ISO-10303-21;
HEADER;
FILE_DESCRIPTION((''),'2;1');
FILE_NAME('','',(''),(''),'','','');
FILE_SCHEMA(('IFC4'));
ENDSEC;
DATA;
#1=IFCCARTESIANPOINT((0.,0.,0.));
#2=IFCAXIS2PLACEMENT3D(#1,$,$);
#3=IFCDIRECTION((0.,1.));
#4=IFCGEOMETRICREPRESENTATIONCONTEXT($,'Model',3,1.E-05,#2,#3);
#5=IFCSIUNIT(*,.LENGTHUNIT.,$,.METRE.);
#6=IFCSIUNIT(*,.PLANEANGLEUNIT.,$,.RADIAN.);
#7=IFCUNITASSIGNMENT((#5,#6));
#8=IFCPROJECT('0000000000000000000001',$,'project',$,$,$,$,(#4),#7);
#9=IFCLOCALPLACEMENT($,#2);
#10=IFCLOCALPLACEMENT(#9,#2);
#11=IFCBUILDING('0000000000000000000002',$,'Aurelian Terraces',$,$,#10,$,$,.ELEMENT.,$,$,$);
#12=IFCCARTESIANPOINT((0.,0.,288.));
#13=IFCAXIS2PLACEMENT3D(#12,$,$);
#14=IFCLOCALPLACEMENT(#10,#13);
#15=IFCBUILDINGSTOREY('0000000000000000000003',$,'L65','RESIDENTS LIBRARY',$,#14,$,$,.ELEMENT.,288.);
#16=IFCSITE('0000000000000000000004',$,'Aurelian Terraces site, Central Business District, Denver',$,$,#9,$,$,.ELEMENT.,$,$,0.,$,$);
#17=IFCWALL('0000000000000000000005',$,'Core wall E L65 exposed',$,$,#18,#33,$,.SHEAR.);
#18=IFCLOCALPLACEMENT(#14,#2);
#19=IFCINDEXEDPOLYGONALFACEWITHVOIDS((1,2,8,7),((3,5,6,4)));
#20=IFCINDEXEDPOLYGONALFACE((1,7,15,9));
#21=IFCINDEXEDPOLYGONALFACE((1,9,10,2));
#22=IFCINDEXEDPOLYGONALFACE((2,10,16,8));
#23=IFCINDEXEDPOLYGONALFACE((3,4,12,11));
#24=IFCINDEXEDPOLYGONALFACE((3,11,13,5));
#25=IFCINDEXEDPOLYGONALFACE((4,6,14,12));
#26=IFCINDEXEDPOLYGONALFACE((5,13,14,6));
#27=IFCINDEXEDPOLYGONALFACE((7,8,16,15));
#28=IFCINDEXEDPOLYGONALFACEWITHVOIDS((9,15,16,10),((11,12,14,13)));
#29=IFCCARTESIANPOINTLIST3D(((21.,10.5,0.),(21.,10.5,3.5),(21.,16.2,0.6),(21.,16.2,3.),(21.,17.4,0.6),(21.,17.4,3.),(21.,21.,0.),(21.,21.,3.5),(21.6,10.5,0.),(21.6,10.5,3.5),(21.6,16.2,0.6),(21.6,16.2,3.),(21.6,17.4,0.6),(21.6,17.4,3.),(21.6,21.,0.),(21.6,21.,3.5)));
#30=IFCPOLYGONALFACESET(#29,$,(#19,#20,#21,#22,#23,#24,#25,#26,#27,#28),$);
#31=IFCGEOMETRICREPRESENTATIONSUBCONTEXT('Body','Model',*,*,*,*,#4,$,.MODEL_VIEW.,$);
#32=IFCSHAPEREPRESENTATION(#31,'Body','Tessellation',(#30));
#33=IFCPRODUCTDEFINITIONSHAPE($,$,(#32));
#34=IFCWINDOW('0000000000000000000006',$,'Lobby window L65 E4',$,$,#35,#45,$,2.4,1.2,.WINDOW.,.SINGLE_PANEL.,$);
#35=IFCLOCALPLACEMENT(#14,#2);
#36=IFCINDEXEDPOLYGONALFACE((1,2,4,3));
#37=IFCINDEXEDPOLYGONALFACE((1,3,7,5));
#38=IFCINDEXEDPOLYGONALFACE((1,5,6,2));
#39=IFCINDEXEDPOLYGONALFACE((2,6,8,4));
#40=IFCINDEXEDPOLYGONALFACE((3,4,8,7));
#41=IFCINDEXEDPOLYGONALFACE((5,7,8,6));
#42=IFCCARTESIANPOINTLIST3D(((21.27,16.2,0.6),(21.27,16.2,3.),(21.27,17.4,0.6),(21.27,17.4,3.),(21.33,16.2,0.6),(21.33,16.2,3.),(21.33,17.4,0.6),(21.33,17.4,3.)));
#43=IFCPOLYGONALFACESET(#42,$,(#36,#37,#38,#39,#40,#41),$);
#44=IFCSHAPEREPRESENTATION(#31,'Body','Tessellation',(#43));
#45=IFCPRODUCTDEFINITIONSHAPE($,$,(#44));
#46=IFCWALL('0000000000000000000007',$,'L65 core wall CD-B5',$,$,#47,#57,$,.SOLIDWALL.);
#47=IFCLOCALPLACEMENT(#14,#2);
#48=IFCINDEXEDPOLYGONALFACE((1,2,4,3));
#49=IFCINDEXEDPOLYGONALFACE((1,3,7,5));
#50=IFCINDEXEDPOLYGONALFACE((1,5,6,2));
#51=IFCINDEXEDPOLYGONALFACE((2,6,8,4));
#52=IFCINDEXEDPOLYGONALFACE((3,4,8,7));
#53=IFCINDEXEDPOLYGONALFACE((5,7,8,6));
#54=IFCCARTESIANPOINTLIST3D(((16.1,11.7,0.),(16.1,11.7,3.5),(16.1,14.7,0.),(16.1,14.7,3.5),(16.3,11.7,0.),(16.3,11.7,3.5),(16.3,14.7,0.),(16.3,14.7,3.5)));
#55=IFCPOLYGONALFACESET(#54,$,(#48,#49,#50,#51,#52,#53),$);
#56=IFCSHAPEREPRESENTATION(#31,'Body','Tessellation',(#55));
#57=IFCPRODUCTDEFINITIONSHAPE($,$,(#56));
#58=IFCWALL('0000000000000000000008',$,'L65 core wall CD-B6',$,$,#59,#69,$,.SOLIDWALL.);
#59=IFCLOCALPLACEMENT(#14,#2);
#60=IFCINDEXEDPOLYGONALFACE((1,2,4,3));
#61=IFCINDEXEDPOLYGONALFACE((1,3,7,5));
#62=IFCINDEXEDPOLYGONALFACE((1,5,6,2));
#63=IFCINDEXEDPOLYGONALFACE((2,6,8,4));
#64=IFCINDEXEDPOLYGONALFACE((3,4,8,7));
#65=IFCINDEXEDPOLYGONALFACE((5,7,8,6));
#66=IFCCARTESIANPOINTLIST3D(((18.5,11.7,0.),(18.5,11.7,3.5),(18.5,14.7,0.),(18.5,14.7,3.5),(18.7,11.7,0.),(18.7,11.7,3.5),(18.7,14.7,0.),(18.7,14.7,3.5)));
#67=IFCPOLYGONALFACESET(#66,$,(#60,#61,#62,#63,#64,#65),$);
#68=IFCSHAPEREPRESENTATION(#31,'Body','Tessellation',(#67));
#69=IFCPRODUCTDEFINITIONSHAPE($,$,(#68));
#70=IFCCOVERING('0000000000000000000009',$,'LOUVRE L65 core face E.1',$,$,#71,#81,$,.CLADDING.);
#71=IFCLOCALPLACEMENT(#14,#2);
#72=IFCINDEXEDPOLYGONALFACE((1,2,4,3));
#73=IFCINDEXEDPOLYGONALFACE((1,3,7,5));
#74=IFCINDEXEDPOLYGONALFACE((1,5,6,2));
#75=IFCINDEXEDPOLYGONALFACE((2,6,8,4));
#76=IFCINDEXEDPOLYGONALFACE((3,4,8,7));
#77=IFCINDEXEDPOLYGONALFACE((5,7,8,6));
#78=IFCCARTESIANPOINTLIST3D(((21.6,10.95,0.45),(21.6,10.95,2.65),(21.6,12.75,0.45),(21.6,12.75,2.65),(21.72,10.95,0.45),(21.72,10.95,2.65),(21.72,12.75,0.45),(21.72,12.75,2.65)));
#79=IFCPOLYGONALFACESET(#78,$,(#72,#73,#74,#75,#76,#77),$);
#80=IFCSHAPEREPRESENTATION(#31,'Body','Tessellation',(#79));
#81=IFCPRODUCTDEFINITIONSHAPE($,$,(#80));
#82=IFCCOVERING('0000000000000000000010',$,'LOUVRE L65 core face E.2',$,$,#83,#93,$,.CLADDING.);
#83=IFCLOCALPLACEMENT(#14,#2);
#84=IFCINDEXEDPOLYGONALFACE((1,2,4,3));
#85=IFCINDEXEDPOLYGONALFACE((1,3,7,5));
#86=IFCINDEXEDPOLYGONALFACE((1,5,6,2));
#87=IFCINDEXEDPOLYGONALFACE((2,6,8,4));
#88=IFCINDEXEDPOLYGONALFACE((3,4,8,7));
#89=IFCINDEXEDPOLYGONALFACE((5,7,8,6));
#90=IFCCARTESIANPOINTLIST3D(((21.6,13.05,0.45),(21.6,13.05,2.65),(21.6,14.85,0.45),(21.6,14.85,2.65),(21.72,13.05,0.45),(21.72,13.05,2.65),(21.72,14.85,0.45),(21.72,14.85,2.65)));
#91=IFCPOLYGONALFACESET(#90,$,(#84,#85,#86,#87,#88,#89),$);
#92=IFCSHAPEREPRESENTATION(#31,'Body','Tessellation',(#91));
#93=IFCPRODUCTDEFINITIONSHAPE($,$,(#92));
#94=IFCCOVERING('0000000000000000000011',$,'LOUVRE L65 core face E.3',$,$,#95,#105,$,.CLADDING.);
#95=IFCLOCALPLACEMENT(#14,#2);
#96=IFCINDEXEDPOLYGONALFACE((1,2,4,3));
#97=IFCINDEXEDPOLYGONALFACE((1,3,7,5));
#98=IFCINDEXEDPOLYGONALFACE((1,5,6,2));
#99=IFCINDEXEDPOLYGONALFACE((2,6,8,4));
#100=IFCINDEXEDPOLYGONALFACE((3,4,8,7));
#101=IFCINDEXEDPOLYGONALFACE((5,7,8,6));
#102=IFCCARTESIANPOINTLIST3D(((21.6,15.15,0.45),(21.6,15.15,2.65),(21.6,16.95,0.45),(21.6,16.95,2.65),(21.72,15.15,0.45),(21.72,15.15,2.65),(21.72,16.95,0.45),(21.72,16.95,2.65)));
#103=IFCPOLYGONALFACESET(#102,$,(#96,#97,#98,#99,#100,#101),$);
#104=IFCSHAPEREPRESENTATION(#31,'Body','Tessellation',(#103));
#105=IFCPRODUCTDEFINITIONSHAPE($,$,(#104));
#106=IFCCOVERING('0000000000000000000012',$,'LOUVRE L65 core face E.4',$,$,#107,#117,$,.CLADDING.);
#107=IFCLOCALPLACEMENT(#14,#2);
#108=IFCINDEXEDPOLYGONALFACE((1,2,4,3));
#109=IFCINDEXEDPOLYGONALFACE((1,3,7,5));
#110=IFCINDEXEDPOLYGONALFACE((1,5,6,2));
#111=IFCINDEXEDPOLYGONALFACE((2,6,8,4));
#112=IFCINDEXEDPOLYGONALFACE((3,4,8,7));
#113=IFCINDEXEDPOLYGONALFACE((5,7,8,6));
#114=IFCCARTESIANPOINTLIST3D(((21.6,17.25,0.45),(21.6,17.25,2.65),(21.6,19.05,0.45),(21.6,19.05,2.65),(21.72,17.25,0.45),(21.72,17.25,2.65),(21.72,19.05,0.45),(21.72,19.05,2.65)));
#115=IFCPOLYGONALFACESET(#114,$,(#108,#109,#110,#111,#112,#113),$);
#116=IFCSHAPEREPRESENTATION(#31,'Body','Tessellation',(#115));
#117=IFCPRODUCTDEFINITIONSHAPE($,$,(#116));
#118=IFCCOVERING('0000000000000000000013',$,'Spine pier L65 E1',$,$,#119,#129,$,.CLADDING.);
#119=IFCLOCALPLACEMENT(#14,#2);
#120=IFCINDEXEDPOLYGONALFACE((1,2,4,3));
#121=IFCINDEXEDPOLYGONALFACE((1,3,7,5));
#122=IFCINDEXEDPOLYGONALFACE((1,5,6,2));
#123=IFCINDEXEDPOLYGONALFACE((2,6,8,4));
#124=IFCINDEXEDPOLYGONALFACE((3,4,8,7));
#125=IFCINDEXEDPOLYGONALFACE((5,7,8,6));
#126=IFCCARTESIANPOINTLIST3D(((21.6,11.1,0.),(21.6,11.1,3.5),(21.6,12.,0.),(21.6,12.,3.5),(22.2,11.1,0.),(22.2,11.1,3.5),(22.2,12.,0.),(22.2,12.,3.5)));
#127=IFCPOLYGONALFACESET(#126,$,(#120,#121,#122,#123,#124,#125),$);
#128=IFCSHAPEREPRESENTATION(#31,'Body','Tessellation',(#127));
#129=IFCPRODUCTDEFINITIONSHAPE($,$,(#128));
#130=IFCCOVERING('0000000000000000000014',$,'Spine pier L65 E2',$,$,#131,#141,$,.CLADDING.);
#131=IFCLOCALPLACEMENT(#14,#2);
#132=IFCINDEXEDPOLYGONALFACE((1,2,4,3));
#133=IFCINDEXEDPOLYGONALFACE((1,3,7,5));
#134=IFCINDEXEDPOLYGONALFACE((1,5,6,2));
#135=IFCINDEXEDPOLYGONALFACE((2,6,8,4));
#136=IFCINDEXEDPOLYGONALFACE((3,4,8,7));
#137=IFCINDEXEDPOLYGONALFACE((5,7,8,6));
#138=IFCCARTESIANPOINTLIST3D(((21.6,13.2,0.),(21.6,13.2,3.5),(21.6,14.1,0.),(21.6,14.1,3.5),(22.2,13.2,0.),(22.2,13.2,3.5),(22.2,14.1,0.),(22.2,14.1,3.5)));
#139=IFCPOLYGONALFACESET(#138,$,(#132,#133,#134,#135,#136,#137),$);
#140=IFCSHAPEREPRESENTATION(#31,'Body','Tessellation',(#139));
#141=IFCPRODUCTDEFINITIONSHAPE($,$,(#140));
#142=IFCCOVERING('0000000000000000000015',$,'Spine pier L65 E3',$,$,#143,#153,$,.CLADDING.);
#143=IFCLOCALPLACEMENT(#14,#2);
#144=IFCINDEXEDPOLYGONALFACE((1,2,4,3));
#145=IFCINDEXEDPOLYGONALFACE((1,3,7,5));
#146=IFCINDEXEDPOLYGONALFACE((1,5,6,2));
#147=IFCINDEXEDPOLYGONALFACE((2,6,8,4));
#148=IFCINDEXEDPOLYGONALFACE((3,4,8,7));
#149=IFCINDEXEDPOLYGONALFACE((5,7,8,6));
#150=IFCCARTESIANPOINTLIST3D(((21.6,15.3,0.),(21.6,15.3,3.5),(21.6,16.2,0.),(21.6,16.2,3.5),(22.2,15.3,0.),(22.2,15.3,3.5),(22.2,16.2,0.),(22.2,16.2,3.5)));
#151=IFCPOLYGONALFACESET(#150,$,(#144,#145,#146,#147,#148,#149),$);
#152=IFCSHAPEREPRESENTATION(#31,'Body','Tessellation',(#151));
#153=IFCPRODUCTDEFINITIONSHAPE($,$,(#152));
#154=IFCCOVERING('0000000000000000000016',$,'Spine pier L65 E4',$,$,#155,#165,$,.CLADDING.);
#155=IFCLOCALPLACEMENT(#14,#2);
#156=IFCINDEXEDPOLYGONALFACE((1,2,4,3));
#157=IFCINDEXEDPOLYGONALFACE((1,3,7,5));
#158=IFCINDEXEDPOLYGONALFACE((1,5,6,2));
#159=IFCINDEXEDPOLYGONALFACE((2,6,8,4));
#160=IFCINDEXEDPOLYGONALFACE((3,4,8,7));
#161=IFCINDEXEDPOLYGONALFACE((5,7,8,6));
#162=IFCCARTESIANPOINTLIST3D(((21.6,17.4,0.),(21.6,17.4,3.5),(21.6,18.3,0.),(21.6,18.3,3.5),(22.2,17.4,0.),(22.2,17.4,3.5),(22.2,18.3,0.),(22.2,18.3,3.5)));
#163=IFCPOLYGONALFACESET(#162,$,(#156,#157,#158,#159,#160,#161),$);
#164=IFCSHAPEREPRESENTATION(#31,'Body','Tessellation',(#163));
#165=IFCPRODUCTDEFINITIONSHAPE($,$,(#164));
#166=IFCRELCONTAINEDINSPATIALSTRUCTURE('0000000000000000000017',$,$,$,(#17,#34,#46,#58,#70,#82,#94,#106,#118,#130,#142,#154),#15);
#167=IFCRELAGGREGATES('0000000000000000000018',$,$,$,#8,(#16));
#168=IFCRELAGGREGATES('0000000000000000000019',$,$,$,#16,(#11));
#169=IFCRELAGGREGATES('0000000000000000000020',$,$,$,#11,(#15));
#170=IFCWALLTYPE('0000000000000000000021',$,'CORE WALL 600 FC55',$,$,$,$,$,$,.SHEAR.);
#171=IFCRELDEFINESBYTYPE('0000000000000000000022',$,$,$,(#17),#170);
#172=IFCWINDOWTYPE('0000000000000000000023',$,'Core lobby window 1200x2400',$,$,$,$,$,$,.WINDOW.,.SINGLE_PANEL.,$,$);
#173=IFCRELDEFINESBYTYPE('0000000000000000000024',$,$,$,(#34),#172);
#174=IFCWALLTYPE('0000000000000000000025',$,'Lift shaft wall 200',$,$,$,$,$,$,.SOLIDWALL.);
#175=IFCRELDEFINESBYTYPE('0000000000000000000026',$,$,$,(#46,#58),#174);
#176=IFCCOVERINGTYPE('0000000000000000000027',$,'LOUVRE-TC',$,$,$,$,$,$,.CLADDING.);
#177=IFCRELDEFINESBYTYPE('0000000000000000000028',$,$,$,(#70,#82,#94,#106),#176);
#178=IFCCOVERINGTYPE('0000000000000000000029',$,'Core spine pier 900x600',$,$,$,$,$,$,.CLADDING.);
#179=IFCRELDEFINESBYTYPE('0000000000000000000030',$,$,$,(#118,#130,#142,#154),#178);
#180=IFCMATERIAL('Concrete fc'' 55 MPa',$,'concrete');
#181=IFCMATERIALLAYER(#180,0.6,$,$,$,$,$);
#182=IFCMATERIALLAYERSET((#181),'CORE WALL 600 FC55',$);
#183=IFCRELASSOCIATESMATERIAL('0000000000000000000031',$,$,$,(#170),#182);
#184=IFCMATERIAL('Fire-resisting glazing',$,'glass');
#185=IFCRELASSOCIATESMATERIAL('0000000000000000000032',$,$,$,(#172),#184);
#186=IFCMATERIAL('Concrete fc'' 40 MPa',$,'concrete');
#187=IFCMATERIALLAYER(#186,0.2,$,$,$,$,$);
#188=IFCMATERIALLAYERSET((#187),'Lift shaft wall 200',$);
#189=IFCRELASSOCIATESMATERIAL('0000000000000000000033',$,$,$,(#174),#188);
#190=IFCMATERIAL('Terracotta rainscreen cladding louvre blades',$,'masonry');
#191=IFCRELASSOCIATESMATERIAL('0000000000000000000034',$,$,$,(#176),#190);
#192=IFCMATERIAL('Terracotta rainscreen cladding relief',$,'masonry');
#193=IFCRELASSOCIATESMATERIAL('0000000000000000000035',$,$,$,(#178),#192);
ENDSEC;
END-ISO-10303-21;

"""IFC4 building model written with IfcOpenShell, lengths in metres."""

from ifc_helpers import new_model, si_unit, direction, frame, frame_2d, origin, origin_2d, place, context, subcontext, project, spatial, rectangle, extrude, source, transform, mapped, material, layer, layer_set, type_object, element, fill, save


model = new_model("IFC4")

# Units and contexts
model_context = context("Model", 3, precision=1e-05, world=origin(), true_north=direction((0.0, 1.0)))
body_context = subcontext(model_context, "Body", "Model", "MODEL_VIEW")
ifc_project = project(units=[si_unit("LENGTHUNIT", "METRE"), si_unit("PLANEANGLEUNIT", "RADIAN")], contexts=[model_context])

# Site, building, storey
site_placement = place(None, origin())
site = spatial("IfcSite", under=ifc_project, at=site_placement, Name="Aurelian Terraces site, Central Business District, Denver", CompositionType="ELEMENT", RefElevation=0.0)
building_placement = place(site_placement, origin())
building = spatial("IfcBuilding", under=site, at=building_placement, Name="Aurelian Terraces", CompositionType="ELEMENT")
storey_placement = place(building_placement, frame((0.0, 0.0, 288.0)))
storey = spatial("IfcBuildingStorey", under=building, at=storey_placement, Name="L65", Description="RESIDENTS LIBRARY", CompositionType="ELEMENT", Elevation=288.0)

# Wall, opening, window
ifc_material_1 = material(Name="Concrete fc' 55 MPa", Category="concrete")
ifc_layer_1 = layer(ifc_material_1, 0.6)
ifc_layer_set_1 = layer_set([ifc_layer_1], Name="CORE WALL 600 FC55")
wall_type_1 = type_object("IfcWallType", Name="CORE WALL 600 FC55", PredefinedType="SHEAR", material=ifc_layer_set_1)
shared_shape_1 = source(origin(), body_context, "Body", "SweptSolid", [
    extrude(rectangle(XDim=10.5, YDim=0.6, at=frame_2d((5.25, 0.0))), origin(), (0.0, 0.0, 1.0), 3.5),
])
wall_placement = place(storey_placement, frame((21.3, 10.5, 0.0), z_axis=(0.0, 0.0, 1.0), x_axis=(0.0, 1.0, 0.0)))
wall = element("IfcWall", 1, at=wall_placement, inside=storey, type_object=wall_type_1, Name="Core wall E L65 exposed", PredefinedType="SHEAR", context=body_context, shape_type="MappedRepresentation", body=[
    mapped(shared_shape_1, transform((0.0, 0.0, 0.0), scale=1.0)),
])
shared_shape_2 = source(origin(), body_context, "Body", "SweptSolid", [
    extrude(rectangle(XDim=1.2, YDim=2.4, at=frame_2d((0.6, 1.2))), frame((0.0, 0.31, 0.0), z_axis=(0.0, -1.0, 0.0), x_axis=(1.0, 0.0, 0.0)), (0.0, 0.0, 1.0), 0.62),
])
opening_placement = place(wall_placement, frame((5.7, 0.0, 0.6)))
opening = element("IfcOpeningElement", 2, at=opening_placement, cuts=wall, PredefinedType="OPENING", context=body_context, shape_type="MappedRepresentation", body=[
    mapped(shared_shape_2, transform((0.0, 0.0, 0.0), scale=1.0)),
])
ifc_material_2 = material(Name="Fire-resisting glazing", Category="glass")
window_type = type_object("IfcWindowType", Name="Core lobby window 1200x2400", PartitioningType="SINGLE_PANEL", PredefinedType="WINDOW", material=ifc_material_2)
shared_shape_3 = source(origin(), body_context, "Body", "SweptSolid", [
    extrude(rectangle(XDim=1.2, YDim=2.4, at=frame_2d((0.6, 1.2))), frame((0.0, 0.03, 0.0), z_axis=(0.0, -1.0, 0.0), x_axis=(1.0, 0.0, 0.0)), (0.0, 0.0, 1.0), 0.06),
])
window_placement = place(opening_placement, origin())
window = element("IfcWindow", 3, at=window_placement, inside=storey, type_object=window_type, Name="Lobby window L65 E4", OverallHeight=2.4, OverallWidth=1.2, PartitioningType="SINGLE_PANEL", PredefinedType="WINDOW", context=body_context, shape_type="MappedRepresentation", body=[
    mapped(shared_shape_3, transform((0.0, 0.0, 0.0), scale=1.0)),
])
fill(opening, window)

# Walls
ifc_material_3 = material(Name="Concrete fc' 40 MPa", Category="concrete")
ifc_layer_2 = layer(ifc_material_3, 0.2)
ifc_layer_set_2 = layer_set([ifc_layer_2], Name="Lift shaft wall 200")
wall_type_2 = type_object("IfcWallType", Name="Lift shaft wall 200", PredefinedType="SOLIDWALL", material=ifc_layer_set_2)
shared_shape_4 = source(origin(), body_context, "Body", "SweptSolid", [
    extrude(rectangle(XDim=3.0, YDim=0.2, at=frame_2d((1.5, 0.0))), origin(), (0.0, 0.0, 1.0), 3.5),
])
for number, where, z_axis, x_axis, name in (
    (4, (16.2, 11.7, 0.0), (0.0, 0.0, 1.0), (0.0, 1.0, 0.0), "L65 core wall CD-B5"),
    (5, (18.6, 11.7, 0.0), (0.0, 0.0, 1.0), (0.0, 1.0, 0.0), "L65 core wall CD-B6"),
):
    element("IfcWall", number, at=place(storey_placement, frame(where, z_axis=z_axis, x_axis=x_axis)), inside=storey, type_object=wall_type_2, Name=name, PredefinedType="SOLIDWALL", context=body_context, shape_type="MappedRepresentation", body=[
        mapped(shared_shape_4, transform((0.0, 0.0, 0.0), scale=1.0)),
    ])

# Coverings
ifc_material_4 = material(Name="Terracotta rainscreen cladding louvre blades", Category="masonry")
covering_type_1 = type_object("IfcCoveringType", Name="LOUVRE-TC", PredefinedType="CLADDING", material=ifc_material_4)
shared_shape_5 = source(origin(), body_context, "Body", "SweptSolid", [
    extrude(rectangle(XDim=0.12, YDim=1.8, at=origin_2d()), origin(), (0.0, 0.0, 1.0), 2.2),
])
for number, where, z_axis, x_axis, name in (
    (6, (21.66, 11.85, 0.45), (0.0, 0.0, 1.0), (1.0, 0.0, 0.0), "LOUVRE L65 core face E.1"),
    (7, (21.66, 13.95, 0.45), (0.0, 0.0, 1.0), (1.0, 0.0, 0.0), "LOUVRE L65 core face E.2"),
    (8, (21.66, 16.05, 0.45), (0.0, 0.0, 1.0), (1.0, 0.0, 0.0), "LOUVRE L65 core face E.3"),
    (9, (21.66, 18.15, 0.45), (0.0, 0.0, 1.0), (1.0, 0.0, 0.0), "LOUVRE L65 core face E.4"),
):
    element("IfcCovering", number, at=place(storey_placement, frame(where, z_axis=z_axis, x_axis=x_axis)), inside=storey, type_object=covering_type_1, Name=name, PredefinedType="CLADDING", context=body_context, shape_type="MappedRepresentation", body=[
        mapped(shared_shape_5, transform((0.0, 0.0, 0.0), scale=1.0)),
    ])
ifc_material_5 = material(Name="Terracotta rainscreen cladding relief", Category="masonry")
covering_type_2 = type_object("IfcCoveringType", Name="Core spine pier 900x600", PredefinedType="CLADDING", material=ifc_material_5)
shared_shape_6 = source(origin(), body_context, "Body", "SweptSolid", [
    extrude(rectangle(XDim=0.6, YDim=0.9, at=origin_2d()), origin(), (0.0, 0.0, 1.0), 3.5),
])
for number, where, z_axis, x_axis, name in (
    (10, (21.9, 11.55, 0.0), (0.0, 0.0, 1.0), (1.0, 0.0, 0.0), "Spine pier L65 E1"),
    (11, (21.9, 13.65, 0.0), (0.0, 0.0, 1.0), (1.0, 0.0, 0.0), "Spine pier L65 E2"),
    (12, (21.9, 15.75, 0.0), (0.0, 0.0, 1.0), (1.0, 0.0, 0.0), "Spine pier L65 E3"),
    (13, (21.9, 17.85, 0.0), (0.0, 0.0, 1.0), (1.0, 0.0, 0.0), "Spine pier L65 E4"),
):
    element("IfcCovering", number, at=place(storey_placement, frame(where, z_axis=z_axis, x_axis=x_axis)), inside=storey, type_object=covering_type_2, Name=name, PredefinedType="CLADDING", context=body_context, shape_type="MappedRepresentation", body=[
        mapped(shared_shape_6, transform((0.0, 0.0, 0.0), scale=1.0)),
    ])

save(model, "model.ifc")
